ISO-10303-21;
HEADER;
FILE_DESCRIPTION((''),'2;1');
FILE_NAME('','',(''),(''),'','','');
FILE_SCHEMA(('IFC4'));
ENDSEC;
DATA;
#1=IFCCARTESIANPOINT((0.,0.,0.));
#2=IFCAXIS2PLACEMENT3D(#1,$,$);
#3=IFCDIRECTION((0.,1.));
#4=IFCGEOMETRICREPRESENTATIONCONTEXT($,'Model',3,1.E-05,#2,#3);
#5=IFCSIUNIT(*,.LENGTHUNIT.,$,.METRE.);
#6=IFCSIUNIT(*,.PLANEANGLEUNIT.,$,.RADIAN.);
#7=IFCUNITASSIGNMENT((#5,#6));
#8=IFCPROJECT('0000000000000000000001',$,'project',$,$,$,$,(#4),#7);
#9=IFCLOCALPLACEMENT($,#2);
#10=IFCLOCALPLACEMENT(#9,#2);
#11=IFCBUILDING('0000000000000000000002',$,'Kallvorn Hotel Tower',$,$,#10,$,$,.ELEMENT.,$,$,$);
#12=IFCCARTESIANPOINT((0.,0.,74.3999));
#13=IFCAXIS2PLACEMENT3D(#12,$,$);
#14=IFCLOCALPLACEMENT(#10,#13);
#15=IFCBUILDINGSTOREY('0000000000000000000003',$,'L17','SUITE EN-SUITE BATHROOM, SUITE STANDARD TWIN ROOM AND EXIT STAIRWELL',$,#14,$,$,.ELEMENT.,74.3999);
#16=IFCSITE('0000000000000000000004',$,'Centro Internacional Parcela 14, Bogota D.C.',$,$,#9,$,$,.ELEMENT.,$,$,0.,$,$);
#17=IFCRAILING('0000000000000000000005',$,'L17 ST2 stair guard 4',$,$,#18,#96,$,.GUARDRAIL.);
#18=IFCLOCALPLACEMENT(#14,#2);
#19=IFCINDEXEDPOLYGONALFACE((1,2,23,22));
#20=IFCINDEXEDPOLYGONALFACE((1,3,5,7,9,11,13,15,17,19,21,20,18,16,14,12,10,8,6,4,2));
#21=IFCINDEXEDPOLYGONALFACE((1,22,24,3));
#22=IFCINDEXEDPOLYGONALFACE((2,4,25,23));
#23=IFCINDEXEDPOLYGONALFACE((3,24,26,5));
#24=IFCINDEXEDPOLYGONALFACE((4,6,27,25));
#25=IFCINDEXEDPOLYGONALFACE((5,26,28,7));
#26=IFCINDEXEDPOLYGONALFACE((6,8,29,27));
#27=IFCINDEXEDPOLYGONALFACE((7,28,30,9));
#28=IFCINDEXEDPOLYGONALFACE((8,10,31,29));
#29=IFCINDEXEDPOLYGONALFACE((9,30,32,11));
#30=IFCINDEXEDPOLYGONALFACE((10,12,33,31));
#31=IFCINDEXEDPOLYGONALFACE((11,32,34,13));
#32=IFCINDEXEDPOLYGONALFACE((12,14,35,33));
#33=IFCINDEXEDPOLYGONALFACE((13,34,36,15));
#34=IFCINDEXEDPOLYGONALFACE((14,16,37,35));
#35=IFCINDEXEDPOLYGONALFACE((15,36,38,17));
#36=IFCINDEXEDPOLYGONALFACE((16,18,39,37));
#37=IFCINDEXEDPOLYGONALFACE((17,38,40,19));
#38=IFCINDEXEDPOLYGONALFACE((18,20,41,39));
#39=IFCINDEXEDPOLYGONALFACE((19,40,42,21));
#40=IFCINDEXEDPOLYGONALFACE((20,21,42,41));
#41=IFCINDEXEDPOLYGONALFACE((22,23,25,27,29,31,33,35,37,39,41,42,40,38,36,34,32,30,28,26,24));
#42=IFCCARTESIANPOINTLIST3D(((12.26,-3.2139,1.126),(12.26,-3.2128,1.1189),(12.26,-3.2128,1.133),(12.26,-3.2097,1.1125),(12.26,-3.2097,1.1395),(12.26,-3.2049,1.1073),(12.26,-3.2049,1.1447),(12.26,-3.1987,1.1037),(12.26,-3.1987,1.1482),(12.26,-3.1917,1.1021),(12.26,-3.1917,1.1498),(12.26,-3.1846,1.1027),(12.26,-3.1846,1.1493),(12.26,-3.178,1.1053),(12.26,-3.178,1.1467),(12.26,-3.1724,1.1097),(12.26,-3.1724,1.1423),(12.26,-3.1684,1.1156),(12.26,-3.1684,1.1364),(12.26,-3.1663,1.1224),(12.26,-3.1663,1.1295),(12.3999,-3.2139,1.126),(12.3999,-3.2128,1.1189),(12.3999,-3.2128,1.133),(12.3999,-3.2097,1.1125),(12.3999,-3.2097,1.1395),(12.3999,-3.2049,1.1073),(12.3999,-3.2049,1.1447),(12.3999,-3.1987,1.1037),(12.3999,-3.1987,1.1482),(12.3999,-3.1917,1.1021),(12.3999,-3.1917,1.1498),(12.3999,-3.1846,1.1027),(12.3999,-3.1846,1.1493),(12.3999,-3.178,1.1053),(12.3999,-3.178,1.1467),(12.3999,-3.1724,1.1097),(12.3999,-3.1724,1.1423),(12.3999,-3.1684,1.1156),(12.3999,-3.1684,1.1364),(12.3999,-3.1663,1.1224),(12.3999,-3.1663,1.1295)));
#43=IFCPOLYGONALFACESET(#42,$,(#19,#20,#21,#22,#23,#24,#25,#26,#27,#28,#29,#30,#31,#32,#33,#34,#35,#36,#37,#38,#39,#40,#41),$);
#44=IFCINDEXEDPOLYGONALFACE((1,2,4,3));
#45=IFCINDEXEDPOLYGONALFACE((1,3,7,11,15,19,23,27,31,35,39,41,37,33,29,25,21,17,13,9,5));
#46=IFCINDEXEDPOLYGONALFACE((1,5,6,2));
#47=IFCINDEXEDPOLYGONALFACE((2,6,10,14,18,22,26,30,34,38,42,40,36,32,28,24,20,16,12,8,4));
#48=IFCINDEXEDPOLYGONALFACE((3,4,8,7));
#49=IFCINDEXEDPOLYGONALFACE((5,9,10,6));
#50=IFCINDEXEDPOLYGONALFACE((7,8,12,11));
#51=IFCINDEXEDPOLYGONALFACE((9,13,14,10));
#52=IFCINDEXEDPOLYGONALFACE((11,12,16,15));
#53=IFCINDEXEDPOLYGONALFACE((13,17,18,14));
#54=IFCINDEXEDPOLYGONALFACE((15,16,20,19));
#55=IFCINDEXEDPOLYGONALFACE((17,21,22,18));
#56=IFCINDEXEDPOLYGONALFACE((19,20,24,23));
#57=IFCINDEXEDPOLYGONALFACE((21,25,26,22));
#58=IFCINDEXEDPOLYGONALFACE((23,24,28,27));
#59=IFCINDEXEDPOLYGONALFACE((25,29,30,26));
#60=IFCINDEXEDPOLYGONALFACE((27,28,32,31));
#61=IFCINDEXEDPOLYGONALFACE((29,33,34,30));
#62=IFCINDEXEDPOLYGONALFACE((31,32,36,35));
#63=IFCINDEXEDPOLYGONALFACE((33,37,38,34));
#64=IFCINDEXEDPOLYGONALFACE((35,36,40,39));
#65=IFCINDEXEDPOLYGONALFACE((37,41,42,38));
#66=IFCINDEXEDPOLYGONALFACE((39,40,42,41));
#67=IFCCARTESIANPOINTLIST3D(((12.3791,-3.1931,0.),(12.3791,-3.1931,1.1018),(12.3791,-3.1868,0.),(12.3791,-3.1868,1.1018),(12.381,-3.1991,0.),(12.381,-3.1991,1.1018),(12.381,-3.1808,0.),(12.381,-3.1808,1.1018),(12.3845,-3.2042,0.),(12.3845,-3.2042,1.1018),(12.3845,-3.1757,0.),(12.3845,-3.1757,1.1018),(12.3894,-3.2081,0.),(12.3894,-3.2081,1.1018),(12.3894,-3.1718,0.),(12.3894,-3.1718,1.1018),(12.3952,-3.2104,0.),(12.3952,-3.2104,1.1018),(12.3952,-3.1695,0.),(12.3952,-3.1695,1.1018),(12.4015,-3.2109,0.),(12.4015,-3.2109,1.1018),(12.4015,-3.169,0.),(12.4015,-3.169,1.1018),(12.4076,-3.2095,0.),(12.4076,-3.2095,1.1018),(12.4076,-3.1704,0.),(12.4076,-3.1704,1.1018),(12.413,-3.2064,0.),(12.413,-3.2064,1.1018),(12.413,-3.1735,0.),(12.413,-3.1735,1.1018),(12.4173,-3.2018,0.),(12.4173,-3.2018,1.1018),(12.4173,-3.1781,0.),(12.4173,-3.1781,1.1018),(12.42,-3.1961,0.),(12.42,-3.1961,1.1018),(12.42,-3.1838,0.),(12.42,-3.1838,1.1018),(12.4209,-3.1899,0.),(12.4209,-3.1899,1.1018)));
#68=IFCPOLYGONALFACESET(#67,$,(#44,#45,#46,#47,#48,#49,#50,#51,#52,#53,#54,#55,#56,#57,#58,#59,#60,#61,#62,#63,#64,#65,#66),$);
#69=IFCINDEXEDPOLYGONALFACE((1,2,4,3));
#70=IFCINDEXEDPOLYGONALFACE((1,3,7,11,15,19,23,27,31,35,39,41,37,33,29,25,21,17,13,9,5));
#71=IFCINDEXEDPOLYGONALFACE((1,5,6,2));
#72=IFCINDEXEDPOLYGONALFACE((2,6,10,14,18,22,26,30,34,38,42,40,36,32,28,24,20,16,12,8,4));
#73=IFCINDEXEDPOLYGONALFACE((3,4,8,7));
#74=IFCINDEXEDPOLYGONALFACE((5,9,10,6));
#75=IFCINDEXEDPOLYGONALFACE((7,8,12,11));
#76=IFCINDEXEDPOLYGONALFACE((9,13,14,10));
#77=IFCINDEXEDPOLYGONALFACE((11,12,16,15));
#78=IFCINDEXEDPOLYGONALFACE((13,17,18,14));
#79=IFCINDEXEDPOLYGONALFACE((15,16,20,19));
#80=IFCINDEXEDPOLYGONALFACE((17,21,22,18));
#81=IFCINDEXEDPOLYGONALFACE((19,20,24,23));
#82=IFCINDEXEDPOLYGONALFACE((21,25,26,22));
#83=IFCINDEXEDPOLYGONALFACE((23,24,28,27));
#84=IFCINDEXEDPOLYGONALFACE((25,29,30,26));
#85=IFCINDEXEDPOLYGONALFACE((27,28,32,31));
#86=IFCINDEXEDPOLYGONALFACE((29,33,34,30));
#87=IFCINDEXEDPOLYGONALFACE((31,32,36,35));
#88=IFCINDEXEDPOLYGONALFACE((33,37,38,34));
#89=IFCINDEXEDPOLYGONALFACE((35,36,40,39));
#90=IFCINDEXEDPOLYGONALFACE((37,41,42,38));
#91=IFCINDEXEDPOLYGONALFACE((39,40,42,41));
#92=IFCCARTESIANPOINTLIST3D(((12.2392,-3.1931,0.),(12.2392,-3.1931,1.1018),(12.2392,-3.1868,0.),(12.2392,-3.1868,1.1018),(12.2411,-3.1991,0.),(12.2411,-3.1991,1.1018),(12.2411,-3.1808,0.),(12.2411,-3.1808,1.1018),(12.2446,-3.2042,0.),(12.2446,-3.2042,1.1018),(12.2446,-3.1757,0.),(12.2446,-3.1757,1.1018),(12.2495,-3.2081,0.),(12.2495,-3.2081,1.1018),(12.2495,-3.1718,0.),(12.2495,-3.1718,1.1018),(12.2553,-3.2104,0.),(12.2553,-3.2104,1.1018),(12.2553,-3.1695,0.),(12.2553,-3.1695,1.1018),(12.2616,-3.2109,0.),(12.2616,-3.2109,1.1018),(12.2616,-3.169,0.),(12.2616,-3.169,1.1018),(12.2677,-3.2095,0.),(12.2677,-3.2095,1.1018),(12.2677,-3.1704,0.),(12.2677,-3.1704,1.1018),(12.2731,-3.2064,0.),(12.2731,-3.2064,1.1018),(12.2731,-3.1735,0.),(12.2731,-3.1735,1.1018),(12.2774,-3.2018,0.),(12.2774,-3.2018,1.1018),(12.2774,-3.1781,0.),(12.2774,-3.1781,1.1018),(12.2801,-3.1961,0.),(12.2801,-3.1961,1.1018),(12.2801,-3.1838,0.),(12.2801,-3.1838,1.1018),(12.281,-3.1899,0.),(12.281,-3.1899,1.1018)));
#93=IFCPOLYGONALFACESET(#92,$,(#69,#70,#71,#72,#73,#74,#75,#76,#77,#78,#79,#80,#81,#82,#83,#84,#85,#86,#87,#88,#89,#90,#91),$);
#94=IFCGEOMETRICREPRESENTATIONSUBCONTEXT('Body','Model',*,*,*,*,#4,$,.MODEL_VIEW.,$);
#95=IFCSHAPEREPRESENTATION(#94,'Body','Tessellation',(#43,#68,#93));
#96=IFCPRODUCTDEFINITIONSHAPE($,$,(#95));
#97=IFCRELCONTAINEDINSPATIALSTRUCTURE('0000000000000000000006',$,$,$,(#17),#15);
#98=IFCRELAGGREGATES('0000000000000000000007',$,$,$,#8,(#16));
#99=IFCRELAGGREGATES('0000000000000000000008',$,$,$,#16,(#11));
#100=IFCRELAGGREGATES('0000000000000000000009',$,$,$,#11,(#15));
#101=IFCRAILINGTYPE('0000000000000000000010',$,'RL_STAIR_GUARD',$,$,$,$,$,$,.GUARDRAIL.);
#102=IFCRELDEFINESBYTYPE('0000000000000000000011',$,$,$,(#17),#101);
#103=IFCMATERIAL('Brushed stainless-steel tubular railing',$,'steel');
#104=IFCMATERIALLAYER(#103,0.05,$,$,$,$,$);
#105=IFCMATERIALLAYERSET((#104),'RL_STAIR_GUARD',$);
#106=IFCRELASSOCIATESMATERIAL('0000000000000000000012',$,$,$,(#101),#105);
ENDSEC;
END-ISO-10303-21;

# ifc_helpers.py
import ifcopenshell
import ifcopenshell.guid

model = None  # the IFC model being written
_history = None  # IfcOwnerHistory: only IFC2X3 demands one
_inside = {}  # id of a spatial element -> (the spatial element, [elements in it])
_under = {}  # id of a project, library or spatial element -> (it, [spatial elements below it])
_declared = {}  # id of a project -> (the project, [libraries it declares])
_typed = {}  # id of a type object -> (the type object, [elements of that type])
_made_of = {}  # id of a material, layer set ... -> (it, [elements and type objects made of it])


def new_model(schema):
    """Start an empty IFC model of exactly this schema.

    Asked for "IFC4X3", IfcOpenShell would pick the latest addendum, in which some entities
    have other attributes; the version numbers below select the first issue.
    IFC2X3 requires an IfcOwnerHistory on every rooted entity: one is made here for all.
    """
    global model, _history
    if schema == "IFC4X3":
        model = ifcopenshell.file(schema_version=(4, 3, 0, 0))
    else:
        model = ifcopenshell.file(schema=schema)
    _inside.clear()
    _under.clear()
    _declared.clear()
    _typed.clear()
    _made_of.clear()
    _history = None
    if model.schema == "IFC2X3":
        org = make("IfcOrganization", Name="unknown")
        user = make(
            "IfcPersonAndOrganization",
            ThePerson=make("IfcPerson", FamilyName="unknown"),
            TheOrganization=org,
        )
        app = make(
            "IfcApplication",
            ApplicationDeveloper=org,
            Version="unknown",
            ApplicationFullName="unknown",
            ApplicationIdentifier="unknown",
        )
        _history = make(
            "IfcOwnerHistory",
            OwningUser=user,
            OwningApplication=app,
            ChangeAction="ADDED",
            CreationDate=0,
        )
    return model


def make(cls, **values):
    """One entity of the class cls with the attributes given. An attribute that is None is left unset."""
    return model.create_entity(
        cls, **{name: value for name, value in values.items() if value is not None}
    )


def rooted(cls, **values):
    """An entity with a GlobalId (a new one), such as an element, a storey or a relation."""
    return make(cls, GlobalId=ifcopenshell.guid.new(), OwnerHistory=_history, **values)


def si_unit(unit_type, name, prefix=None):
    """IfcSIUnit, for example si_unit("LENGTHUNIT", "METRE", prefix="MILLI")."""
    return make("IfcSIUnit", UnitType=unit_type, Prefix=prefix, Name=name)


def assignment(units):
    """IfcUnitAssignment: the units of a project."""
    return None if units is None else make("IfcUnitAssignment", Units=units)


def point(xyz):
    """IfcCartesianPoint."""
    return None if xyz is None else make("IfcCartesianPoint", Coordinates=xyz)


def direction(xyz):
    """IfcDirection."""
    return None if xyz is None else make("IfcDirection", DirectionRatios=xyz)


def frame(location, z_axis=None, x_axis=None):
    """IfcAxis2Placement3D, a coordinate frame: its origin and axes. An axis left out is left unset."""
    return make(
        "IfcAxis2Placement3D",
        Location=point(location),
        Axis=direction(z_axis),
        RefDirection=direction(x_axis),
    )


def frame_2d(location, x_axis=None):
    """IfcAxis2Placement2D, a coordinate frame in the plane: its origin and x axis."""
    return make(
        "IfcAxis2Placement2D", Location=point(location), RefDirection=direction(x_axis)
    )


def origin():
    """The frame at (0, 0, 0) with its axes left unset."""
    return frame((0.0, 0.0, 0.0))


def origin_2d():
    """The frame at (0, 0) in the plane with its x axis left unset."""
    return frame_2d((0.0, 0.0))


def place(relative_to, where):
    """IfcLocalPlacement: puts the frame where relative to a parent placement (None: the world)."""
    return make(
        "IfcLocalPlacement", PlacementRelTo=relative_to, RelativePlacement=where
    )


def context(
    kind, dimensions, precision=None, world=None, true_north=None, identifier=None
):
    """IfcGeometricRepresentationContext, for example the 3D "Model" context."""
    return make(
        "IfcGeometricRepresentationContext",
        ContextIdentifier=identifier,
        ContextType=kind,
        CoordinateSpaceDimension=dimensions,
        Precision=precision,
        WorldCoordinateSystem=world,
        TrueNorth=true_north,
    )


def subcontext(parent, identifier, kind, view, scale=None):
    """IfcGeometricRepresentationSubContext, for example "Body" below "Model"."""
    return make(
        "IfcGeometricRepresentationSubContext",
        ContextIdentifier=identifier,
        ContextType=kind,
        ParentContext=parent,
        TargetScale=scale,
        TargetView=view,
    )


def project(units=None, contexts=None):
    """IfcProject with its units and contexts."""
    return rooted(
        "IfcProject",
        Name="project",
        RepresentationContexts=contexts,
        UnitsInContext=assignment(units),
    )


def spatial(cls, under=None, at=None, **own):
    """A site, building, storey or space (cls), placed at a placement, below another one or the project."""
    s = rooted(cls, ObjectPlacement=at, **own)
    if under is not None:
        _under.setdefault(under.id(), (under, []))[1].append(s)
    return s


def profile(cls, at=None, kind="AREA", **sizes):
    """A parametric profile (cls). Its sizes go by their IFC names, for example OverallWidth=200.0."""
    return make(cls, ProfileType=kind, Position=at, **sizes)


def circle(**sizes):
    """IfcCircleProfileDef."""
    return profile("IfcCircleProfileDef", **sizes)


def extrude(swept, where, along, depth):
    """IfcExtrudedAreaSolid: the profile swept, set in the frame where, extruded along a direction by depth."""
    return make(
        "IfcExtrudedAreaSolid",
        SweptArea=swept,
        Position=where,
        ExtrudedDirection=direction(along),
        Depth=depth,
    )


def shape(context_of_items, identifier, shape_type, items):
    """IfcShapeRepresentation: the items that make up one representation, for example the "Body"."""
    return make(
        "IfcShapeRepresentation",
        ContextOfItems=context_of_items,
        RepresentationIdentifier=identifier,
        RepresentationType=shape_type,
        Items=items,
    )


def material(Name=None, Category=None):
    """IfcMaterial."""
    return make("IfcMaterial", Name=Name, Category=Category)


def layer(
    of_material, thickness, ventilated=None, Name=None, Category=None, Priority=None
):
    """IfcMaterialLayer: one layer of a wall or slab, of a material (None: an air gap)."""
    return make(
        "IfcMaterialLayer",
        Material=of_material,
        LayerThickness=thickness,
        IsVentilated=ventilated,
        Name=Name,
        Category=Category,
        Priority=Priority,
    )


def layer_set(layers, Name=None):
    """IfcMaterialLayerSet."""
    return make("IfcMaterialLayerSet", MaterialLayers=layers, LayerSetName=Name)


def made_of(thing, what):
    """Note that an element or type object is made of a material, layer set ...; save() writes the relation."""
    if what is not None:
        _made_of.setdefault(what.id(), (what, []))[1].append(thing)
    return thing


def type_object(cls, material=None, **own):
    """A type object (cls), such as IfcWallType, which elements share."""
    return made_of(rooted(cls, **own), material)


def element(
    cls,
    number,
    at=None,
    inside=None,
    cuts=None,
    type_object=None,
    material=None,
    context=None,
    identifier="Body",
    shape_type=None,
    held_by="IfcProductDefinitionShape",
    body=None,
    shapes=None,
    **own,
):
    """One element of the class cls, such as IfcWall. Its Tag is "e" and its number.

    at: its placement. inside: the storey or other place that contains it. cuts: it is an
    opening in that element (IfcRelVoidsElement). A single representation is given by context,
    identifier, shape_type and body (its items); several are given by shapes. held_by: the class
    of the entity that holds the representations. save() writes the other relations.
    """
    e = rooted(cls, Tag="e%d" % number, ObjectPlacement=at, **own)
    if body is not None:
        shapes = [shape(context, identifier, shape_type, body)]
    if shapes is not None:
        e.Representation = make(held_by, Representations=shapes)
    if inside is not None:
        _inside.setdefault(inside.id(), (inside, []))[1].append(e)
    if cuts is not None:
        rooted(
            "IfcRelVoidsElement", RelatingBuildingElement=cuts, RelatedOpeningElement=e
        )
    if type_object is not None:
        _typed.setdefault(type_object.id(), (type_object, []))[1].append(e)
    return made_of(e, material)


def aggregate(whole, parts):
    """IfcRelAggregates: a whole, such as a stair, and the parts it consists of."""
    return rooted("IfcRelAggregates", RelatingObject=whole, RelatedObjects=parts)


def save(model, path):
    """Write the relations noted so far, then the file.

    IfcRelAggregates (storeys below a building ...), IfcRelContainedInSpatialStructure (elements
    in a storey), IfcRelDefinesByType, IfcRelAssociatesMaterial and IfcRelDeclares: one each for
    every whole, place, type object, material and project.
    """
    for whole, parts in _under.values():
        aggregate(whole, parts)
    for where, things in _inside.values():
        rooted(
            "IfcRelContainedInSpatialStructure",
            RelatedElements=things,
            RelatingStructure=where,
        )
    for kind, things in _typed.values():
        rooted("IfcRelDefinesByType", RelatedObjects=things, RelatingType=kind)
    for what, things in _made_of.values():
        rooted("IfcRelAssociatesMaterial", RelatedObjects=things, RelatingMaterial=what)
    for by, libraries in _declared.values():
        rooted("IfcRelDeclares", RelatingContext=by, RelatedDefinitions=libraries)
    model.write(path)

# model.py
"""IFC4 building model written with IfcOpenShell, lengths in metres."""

from ifc_helpers import new_model, si_unit, direction, frame, origin, origin_2d, place, context, subcontext, project, spatial, circle, extrude, material, layer, layer_set, type_object, element, save


model = new_model("IFC4")

# Units and contexts
model_context = context("Model", 3, precision=1e-05, world=origin(), true_north=direction((0.0, 1.0)))
body_context = subcontext(model_context, "Body", "Model", "MODEL_VIEW")
ifc_project = project(units=[si_unit("LENGTHUNIT", "METRE"), si_unit("PLANEANGLEUNIT", "RADIAN")], contexts=[model_context])

# Site, building, storey
site_placement = place(None, origin())
site = spatial("IfcSite", under=ifc_project, at=site_placement, Name="Centro Internacional Parcela 14, Bogota D.C.", CompositionType="ELEMENT", RefElevation=0.0)
building_placement = place(site_placement, origin())
building = spatial("IfcBuilding", under=site, at=building_placement, Name="Kallvorn Hotel Tower", CompositionType="ELEMENT")
storey_placement = place(building_placement, frame((0.0, 0.0, 74.3999)))
storey = spatial("IfcBuildingStorey", under=building, at=storey_placement, Name="L17", Description="SUITE EN-SUITE BATHROOM, SUITE STANDARD TWIN ROOM AND EXIT STAIRWELL", CompositionType="ELEMENT", Elevation=74.3999)

# Railing
ifc_material_1 = material(Name="Brushed stainless-steel tubular railing", Category="steel")
ifc_layer_1 = layer(ifc_material_1, 0.05)
ifc_layer_set_1 = layer_set([ifc_layer_1], Name="RL_STAIR_GUARD")
railing_type_1 = type_object("IfcRailingType", Name="RL_STAIR_GUARD", PredefinedType="GUARDRAIL", material=ifc_layer_set_1)
railing_1_placement = place(storey_placement, frame((12.3999, -3.1899, 0.0)))
element("IfcRailing", 1, at=railing_1_placement, inside=storey, type_object=railing_type_1, Name="L17 ST2 stair guard 4", PredefinedType="GUARDRAIL", context=body_context, shape_type="SweptSolid", body=[
    extrude(circle(Radius=0.0239, at=origin_2d()), frame((0.0, 0.0, 1.126), z_axis=(-1.0, 0.0, 0.0), x_axis=(0.0, -1.0, 0.0)), (0.0, 0.0, 1.0), 0.1399),
    extrude(circle(Radius=0.021, at=origin_2d()), origin(), (0.0, 0.0, 1.0), 1.1018),
    extrude(circle(Radius=0.021, at=origin_2d()), frame((-0.1399, 0.0, 0.0)), (0.0, 0.0, 1.0), 1.1018),
])

save(model, "model.ifc")
